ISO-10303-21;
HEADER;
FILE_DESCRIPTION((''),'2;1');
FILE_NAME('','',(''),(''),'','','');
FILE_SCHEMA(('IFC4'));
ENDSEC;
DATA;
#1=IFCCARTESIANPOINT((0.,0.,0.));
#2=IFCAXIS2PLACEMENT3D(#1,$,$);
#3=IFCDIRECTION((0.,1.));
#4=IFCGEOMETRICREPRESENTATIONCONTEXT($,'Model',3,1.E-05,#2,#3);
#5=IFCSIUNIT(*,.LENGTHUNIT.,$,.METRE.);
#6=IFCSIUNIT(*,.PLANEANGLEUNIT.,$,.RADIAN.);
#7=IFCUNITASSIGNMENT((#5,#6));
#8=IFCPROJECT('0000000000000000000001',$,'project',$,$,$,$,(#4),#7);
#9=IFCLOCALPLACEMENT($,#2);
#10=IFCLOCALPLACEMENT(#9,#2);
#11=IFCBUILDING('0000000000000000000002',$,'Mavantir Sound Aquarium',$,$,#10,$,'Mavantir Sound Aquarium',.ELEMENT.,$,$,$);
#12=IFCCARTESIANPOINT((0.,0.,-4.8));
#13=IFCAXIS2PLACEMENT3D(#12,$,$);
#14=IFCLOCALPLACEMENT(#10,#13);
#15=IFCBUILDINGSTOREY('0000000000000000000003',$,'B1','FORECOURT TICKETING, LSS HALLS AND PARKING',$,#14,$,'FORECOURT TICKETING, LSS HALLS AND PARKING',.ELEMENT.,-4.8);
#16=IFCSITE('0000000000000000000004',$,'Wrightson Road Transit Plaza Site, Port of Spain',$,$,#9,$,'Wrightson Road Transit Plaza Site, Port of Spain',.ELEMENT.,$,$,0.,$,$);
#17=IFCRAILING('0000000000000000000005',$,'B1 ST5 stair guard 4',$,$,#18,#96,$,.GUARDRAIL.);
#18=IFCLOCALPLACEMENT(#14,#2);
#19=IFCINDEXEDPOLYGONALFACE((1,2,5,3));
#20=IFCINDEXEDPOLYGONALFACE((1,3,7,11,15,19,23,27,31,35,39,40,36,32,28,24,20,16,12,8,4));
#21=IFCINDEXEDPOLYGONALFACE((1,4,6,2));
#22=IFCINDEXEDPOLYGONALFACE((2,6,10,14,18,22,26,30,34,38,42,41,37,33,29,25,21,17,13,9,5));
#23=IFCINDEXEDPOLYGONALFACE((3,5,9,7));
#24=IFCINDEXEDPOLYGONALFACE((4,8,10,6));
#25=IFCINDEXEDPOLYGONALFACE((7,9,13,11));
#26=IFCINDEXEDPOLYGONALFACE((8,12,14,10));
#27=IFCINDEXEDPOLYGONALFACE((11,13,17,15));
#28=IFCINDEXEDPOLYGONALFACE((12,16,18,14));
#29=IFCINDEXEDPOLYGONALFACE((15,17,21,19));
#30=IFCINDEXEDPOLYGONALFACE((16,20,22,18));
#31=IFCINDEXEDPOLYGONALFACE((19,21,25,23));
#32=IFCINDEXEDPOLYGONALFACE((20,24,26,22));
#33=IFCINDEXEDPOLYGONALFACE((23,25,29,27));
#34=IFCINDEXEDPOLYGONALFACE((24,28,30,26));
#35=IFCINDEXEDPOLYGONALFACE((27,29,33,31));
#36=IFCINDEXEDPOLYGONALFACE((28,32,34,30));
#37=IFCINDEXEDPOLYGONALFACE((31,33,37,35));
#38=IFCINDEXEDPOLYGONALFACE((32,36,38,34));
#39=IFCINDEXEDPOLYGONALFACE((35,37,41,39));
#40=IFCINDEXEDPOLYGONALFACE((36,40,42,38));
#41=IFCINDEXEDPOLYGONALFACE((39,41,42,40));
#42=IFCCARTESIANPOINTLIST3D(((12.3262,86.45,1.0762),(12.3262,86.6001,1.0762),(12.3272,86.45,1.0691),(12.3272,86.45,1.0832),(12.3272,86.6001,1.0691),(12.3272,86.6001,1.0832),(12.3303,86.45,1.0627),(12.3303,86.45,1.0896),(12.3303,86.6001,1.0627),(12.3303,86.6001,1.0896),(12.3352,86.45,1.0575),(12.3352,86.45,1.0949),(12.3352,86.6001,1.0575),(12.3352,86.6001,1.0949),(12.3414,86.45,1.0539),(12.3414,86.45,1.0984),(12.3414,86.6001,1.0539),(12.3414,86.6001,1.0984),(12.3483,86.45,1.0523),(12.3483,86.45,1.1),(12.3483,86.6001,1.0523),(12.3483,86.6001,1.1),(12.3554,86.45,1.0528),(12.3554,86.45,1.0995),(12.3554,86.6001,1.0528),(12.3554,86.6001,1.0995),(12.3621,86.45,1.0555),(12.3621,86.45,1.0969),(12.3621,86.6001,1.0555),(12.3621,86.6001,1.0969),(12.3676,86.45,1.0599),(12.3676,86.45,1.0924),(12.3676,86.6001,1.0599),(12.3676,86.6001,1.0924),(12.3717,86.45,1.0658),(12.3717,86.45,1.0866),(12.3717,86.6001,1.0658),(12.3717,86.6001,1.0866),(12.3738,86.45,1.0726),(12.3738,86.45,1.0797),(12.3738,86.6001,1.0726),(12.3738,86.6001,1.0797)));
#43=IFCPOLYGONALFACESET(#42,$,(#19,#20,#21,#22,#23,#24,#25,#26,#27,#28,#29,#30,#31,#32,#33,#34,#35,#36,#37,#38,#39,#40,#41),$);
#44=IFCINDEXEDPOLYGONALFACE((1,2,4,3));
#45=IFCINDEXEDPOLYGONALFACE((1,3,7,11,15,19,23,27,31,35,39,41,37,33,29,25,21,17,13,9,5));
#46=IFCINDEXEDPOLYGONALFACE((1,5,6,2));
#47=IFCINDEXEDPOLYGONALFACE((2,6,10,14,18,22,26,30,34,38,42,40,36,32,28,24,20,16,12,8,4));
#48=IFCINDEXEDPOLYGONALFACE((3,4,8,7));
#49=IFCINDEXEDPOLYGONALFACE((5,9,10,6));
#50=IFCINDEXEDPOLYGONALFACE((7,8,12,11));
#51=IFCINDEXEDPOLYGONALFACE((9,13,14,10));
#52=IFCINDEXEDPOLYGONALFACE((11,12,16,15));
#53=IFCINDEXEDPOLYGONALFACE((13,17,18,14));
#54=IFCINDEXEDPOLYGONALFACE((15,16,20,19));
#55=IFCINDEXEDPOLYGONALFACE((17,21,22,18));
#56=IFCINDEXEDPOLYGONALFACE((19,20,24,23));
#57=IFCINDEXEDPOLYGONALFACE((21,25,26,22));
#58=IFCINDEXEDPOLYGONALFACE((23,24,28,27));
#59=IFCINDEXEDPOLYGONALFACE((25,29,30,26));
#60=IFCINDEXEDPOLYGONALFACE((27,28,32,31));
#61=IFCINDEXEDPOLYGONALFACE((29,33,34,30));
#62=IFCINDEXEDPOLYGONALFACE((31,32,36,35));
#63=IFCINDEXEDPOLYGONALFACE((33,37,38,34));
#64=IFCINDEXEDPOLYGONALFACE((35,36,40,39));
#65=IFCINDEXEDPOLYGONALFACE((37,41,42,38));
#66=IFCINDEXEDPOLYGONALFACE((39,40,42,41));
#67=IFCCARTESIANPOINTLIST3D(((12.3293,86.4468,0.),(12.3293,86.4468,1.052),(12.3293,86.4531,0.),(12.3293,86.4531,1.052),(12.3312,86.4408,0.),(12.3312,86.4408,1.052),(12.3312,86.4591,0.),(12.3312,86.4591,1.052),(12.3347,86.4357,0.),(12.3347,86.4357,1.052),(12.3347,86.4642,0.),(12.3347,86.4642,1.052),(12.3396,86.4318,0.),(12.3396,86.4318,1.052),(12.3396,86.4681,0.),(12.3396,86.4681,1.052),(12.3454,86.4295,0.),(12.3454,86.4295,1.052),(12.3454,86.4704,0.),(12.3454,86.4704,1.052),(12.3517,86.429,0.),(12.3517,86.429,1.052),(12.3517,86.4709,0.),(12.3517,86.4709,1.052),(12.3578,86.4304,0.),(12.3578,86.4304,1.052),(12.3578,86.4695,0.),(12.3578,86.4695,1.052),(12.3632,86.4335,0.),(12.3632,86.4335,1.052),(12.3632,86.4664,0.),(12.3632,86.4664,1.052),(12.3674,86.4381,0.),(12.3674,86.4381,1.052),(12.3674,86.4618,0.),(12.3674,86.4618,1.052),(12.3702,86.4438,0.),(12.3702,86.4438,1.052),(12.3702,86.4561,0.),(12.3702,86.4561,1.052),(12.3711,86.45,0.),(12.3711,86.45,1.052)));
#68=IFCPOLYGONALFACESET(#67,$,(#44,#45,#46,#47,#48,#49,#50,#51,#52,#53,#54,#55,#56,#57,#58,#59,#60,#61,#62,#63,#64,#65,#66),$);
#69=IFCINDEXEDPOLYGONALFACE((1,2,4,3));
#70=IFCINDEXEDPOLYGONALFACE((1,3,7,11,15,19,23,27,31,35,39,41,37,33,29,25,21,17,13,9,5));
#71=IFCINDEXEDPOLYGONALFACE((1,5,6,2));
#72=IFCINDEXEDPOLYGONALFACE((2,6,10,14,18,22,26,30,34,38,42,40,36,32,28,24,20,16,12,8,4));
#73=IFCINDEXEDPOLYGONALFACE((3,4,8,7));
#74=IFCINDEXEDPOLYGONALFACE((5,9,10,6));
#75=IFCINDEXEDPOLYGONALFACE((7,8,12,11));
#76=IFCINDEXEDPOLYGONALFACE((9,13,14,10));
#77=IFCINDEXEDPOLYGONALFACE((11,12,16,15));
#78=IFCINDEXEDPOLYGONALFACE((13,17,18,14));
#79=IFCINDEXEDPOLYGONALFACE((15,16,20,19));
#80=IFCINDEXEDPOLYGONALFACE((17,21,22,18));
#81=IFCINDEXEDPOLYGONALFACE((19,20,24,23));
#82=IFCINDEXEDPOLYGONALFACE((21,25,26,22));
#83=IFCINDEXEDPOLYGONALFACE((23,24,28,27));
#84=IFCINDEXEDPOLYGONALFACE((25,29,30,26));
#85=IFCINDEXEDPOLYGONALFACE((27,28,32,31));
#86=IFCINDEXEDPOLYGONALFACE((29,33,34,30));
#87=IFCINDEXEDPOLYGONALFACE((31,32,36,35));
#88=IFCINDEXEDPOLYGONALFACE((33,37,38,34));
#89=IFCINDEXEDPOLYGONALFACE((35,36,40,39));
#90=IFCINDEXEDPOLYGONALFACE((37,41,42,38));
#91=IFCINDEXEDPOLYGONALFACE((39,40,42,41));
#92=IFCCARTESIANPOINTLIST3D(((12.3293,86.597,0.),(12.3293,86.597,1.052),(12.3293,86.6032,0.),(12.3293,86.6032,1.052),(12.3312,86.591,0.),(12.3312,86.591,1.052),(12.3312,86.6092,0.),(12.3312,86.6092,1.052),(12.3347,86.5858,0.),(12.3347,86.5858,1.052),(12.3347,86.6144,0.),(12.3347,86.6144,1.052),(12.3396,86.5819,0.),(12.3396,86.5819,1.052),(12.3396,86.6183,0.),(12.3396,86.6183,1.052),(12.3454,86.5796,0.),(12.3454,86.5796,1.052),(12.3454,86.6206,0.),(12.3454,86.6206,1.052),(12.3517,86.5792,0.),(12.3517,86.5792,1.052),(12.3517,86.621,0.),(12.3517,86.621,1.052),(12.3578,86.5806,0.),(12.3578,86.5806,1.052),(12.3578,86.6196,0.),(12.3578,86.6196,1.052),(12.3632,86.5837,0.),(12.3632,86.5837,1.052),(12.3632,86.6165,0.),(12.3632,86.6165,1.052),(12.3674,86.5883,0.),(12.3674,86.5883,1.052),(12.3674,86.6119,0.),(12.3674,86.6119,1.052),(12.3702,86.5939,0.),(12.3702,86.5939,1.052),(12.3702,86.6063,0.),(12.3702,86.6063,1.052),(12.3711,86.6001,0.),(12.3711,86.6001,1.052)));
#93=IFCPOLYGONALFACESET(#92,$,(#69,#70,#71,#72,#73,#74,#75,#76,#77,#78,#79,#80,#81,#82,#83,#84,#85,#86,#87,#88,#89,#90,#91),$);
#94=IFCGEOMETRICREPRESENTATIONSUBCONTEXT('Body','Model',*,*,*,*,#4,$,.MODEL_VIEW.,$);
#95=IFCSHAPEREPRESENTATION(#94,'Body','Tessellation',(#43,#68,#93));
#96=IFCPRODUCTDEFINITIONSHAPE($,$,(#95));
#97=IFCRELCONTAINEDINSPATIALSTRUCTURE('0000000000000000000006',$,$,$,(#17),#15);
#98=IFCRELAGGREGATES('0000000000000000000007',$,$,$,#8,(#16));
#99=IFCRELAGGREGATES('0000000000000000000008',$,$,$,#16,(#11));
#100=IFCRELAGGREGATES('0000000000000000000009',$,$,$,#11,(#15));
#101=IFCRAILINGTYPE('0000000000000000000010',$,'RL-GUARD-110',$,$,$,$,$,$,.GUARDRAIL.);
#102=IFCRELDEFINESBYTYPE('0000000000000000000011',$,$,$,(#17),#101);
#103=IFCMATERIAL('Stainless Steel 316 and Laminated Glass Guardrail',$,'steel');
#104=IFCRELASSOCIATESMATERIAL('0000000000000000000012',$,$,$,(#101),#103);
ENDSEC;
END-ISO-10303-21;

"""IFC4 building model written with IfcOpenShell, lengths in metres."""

from ifc_helpers import new_model, si_unit, direction, frame, origin, origin_2d, place, context, subcontext, project, spatial, circle, extrude, material, type_object, element, save


model = new_model("IFC4")

# Units and contexts
model_context = context("Model", 3, precision=1e-05, world=origin(), true_north=direction((0.0, 1.0)))
body_context = subcontext(model_context, "Body", "Model", "MODEL_VIEW")
ifc_project = project(units=[si_unit("LENGTHUNIT", "METRE"), si_unit("PLANEANGLEUNIT", "RADIAN")], contexts=[model_context])

# Site, building, storey
site_placement = place(None, origin())
site = spatial("IfcSite", under=ifc_project, at=site_placement, Name="Wrightson Road Transit Plaza Site, Port of Spain", LongName="Wrightson Road Transit Plaza Site, Port of Spain", CompositionType="ELEMENT", RefElevation=0.0)
building_placement = place(site_placement, origin())
building = spatial("IfcBuilding", under=site, at=building_placement, Name="Mavantir Sound Aquarium", LongName="Mavantir Sound Aquarium", CompositionType="ELEMENT")
storey_placement = place(building_placement, frame((0.0, 0.0, -4.8)))
storey = spatial("IfcBuildingStorey", under=building, at=storey_placement, Name="B1", Description="FORECOURT TICKETING, LSS HALLS AND PARKING", LongName="FORECOURT TICKETING, LSS HALLS AND PARKING", CompositionType="ELEMENT", Elevation=-4.8)

# Railing
ifc_material_1 = material(Name="Stainless Steel 316 and Laminated Glass Guardrail", Category="steel")
railing_type_1 = type_object("IfcRailingType", Name="RL-GUARD-110", PredefinedType="GUARDRAIL", material=ifc_material_1)
railing_1_placement = place(storey_placement, frame((12.3501, 86.45, 0.0)))
element("IfcRailing", 1, at=railing_1_placement, inside=storey, type_object=railing_type_1, Name="B1 ST5 stair guard 4", PredefinedType="GUARDRAIL", context=body_context, shape_type="SweptSolid", body=[
    extrude(circle(Radius=0.0239, at=origin_2d()), frame((0.0, 0.0, 1.0762), z_axis=(0.0, 1.0, 0.0), x_axis=(-1.0, 0.0, 0.0)), (0.0, 0.0, 1.0), 0.1501),
    extrude(circle(Radius=0.021, at=origin_2d()), origin(), (0.0, 0.0, 1.0), 1.052),
    extrude(circle(Radius=0.021, at=origin_2d()), frame((0.0, 0.1501, 0.0)), (0.0, 0.0, 1.0), 1.052),
])

save(model, "model.ifc")
